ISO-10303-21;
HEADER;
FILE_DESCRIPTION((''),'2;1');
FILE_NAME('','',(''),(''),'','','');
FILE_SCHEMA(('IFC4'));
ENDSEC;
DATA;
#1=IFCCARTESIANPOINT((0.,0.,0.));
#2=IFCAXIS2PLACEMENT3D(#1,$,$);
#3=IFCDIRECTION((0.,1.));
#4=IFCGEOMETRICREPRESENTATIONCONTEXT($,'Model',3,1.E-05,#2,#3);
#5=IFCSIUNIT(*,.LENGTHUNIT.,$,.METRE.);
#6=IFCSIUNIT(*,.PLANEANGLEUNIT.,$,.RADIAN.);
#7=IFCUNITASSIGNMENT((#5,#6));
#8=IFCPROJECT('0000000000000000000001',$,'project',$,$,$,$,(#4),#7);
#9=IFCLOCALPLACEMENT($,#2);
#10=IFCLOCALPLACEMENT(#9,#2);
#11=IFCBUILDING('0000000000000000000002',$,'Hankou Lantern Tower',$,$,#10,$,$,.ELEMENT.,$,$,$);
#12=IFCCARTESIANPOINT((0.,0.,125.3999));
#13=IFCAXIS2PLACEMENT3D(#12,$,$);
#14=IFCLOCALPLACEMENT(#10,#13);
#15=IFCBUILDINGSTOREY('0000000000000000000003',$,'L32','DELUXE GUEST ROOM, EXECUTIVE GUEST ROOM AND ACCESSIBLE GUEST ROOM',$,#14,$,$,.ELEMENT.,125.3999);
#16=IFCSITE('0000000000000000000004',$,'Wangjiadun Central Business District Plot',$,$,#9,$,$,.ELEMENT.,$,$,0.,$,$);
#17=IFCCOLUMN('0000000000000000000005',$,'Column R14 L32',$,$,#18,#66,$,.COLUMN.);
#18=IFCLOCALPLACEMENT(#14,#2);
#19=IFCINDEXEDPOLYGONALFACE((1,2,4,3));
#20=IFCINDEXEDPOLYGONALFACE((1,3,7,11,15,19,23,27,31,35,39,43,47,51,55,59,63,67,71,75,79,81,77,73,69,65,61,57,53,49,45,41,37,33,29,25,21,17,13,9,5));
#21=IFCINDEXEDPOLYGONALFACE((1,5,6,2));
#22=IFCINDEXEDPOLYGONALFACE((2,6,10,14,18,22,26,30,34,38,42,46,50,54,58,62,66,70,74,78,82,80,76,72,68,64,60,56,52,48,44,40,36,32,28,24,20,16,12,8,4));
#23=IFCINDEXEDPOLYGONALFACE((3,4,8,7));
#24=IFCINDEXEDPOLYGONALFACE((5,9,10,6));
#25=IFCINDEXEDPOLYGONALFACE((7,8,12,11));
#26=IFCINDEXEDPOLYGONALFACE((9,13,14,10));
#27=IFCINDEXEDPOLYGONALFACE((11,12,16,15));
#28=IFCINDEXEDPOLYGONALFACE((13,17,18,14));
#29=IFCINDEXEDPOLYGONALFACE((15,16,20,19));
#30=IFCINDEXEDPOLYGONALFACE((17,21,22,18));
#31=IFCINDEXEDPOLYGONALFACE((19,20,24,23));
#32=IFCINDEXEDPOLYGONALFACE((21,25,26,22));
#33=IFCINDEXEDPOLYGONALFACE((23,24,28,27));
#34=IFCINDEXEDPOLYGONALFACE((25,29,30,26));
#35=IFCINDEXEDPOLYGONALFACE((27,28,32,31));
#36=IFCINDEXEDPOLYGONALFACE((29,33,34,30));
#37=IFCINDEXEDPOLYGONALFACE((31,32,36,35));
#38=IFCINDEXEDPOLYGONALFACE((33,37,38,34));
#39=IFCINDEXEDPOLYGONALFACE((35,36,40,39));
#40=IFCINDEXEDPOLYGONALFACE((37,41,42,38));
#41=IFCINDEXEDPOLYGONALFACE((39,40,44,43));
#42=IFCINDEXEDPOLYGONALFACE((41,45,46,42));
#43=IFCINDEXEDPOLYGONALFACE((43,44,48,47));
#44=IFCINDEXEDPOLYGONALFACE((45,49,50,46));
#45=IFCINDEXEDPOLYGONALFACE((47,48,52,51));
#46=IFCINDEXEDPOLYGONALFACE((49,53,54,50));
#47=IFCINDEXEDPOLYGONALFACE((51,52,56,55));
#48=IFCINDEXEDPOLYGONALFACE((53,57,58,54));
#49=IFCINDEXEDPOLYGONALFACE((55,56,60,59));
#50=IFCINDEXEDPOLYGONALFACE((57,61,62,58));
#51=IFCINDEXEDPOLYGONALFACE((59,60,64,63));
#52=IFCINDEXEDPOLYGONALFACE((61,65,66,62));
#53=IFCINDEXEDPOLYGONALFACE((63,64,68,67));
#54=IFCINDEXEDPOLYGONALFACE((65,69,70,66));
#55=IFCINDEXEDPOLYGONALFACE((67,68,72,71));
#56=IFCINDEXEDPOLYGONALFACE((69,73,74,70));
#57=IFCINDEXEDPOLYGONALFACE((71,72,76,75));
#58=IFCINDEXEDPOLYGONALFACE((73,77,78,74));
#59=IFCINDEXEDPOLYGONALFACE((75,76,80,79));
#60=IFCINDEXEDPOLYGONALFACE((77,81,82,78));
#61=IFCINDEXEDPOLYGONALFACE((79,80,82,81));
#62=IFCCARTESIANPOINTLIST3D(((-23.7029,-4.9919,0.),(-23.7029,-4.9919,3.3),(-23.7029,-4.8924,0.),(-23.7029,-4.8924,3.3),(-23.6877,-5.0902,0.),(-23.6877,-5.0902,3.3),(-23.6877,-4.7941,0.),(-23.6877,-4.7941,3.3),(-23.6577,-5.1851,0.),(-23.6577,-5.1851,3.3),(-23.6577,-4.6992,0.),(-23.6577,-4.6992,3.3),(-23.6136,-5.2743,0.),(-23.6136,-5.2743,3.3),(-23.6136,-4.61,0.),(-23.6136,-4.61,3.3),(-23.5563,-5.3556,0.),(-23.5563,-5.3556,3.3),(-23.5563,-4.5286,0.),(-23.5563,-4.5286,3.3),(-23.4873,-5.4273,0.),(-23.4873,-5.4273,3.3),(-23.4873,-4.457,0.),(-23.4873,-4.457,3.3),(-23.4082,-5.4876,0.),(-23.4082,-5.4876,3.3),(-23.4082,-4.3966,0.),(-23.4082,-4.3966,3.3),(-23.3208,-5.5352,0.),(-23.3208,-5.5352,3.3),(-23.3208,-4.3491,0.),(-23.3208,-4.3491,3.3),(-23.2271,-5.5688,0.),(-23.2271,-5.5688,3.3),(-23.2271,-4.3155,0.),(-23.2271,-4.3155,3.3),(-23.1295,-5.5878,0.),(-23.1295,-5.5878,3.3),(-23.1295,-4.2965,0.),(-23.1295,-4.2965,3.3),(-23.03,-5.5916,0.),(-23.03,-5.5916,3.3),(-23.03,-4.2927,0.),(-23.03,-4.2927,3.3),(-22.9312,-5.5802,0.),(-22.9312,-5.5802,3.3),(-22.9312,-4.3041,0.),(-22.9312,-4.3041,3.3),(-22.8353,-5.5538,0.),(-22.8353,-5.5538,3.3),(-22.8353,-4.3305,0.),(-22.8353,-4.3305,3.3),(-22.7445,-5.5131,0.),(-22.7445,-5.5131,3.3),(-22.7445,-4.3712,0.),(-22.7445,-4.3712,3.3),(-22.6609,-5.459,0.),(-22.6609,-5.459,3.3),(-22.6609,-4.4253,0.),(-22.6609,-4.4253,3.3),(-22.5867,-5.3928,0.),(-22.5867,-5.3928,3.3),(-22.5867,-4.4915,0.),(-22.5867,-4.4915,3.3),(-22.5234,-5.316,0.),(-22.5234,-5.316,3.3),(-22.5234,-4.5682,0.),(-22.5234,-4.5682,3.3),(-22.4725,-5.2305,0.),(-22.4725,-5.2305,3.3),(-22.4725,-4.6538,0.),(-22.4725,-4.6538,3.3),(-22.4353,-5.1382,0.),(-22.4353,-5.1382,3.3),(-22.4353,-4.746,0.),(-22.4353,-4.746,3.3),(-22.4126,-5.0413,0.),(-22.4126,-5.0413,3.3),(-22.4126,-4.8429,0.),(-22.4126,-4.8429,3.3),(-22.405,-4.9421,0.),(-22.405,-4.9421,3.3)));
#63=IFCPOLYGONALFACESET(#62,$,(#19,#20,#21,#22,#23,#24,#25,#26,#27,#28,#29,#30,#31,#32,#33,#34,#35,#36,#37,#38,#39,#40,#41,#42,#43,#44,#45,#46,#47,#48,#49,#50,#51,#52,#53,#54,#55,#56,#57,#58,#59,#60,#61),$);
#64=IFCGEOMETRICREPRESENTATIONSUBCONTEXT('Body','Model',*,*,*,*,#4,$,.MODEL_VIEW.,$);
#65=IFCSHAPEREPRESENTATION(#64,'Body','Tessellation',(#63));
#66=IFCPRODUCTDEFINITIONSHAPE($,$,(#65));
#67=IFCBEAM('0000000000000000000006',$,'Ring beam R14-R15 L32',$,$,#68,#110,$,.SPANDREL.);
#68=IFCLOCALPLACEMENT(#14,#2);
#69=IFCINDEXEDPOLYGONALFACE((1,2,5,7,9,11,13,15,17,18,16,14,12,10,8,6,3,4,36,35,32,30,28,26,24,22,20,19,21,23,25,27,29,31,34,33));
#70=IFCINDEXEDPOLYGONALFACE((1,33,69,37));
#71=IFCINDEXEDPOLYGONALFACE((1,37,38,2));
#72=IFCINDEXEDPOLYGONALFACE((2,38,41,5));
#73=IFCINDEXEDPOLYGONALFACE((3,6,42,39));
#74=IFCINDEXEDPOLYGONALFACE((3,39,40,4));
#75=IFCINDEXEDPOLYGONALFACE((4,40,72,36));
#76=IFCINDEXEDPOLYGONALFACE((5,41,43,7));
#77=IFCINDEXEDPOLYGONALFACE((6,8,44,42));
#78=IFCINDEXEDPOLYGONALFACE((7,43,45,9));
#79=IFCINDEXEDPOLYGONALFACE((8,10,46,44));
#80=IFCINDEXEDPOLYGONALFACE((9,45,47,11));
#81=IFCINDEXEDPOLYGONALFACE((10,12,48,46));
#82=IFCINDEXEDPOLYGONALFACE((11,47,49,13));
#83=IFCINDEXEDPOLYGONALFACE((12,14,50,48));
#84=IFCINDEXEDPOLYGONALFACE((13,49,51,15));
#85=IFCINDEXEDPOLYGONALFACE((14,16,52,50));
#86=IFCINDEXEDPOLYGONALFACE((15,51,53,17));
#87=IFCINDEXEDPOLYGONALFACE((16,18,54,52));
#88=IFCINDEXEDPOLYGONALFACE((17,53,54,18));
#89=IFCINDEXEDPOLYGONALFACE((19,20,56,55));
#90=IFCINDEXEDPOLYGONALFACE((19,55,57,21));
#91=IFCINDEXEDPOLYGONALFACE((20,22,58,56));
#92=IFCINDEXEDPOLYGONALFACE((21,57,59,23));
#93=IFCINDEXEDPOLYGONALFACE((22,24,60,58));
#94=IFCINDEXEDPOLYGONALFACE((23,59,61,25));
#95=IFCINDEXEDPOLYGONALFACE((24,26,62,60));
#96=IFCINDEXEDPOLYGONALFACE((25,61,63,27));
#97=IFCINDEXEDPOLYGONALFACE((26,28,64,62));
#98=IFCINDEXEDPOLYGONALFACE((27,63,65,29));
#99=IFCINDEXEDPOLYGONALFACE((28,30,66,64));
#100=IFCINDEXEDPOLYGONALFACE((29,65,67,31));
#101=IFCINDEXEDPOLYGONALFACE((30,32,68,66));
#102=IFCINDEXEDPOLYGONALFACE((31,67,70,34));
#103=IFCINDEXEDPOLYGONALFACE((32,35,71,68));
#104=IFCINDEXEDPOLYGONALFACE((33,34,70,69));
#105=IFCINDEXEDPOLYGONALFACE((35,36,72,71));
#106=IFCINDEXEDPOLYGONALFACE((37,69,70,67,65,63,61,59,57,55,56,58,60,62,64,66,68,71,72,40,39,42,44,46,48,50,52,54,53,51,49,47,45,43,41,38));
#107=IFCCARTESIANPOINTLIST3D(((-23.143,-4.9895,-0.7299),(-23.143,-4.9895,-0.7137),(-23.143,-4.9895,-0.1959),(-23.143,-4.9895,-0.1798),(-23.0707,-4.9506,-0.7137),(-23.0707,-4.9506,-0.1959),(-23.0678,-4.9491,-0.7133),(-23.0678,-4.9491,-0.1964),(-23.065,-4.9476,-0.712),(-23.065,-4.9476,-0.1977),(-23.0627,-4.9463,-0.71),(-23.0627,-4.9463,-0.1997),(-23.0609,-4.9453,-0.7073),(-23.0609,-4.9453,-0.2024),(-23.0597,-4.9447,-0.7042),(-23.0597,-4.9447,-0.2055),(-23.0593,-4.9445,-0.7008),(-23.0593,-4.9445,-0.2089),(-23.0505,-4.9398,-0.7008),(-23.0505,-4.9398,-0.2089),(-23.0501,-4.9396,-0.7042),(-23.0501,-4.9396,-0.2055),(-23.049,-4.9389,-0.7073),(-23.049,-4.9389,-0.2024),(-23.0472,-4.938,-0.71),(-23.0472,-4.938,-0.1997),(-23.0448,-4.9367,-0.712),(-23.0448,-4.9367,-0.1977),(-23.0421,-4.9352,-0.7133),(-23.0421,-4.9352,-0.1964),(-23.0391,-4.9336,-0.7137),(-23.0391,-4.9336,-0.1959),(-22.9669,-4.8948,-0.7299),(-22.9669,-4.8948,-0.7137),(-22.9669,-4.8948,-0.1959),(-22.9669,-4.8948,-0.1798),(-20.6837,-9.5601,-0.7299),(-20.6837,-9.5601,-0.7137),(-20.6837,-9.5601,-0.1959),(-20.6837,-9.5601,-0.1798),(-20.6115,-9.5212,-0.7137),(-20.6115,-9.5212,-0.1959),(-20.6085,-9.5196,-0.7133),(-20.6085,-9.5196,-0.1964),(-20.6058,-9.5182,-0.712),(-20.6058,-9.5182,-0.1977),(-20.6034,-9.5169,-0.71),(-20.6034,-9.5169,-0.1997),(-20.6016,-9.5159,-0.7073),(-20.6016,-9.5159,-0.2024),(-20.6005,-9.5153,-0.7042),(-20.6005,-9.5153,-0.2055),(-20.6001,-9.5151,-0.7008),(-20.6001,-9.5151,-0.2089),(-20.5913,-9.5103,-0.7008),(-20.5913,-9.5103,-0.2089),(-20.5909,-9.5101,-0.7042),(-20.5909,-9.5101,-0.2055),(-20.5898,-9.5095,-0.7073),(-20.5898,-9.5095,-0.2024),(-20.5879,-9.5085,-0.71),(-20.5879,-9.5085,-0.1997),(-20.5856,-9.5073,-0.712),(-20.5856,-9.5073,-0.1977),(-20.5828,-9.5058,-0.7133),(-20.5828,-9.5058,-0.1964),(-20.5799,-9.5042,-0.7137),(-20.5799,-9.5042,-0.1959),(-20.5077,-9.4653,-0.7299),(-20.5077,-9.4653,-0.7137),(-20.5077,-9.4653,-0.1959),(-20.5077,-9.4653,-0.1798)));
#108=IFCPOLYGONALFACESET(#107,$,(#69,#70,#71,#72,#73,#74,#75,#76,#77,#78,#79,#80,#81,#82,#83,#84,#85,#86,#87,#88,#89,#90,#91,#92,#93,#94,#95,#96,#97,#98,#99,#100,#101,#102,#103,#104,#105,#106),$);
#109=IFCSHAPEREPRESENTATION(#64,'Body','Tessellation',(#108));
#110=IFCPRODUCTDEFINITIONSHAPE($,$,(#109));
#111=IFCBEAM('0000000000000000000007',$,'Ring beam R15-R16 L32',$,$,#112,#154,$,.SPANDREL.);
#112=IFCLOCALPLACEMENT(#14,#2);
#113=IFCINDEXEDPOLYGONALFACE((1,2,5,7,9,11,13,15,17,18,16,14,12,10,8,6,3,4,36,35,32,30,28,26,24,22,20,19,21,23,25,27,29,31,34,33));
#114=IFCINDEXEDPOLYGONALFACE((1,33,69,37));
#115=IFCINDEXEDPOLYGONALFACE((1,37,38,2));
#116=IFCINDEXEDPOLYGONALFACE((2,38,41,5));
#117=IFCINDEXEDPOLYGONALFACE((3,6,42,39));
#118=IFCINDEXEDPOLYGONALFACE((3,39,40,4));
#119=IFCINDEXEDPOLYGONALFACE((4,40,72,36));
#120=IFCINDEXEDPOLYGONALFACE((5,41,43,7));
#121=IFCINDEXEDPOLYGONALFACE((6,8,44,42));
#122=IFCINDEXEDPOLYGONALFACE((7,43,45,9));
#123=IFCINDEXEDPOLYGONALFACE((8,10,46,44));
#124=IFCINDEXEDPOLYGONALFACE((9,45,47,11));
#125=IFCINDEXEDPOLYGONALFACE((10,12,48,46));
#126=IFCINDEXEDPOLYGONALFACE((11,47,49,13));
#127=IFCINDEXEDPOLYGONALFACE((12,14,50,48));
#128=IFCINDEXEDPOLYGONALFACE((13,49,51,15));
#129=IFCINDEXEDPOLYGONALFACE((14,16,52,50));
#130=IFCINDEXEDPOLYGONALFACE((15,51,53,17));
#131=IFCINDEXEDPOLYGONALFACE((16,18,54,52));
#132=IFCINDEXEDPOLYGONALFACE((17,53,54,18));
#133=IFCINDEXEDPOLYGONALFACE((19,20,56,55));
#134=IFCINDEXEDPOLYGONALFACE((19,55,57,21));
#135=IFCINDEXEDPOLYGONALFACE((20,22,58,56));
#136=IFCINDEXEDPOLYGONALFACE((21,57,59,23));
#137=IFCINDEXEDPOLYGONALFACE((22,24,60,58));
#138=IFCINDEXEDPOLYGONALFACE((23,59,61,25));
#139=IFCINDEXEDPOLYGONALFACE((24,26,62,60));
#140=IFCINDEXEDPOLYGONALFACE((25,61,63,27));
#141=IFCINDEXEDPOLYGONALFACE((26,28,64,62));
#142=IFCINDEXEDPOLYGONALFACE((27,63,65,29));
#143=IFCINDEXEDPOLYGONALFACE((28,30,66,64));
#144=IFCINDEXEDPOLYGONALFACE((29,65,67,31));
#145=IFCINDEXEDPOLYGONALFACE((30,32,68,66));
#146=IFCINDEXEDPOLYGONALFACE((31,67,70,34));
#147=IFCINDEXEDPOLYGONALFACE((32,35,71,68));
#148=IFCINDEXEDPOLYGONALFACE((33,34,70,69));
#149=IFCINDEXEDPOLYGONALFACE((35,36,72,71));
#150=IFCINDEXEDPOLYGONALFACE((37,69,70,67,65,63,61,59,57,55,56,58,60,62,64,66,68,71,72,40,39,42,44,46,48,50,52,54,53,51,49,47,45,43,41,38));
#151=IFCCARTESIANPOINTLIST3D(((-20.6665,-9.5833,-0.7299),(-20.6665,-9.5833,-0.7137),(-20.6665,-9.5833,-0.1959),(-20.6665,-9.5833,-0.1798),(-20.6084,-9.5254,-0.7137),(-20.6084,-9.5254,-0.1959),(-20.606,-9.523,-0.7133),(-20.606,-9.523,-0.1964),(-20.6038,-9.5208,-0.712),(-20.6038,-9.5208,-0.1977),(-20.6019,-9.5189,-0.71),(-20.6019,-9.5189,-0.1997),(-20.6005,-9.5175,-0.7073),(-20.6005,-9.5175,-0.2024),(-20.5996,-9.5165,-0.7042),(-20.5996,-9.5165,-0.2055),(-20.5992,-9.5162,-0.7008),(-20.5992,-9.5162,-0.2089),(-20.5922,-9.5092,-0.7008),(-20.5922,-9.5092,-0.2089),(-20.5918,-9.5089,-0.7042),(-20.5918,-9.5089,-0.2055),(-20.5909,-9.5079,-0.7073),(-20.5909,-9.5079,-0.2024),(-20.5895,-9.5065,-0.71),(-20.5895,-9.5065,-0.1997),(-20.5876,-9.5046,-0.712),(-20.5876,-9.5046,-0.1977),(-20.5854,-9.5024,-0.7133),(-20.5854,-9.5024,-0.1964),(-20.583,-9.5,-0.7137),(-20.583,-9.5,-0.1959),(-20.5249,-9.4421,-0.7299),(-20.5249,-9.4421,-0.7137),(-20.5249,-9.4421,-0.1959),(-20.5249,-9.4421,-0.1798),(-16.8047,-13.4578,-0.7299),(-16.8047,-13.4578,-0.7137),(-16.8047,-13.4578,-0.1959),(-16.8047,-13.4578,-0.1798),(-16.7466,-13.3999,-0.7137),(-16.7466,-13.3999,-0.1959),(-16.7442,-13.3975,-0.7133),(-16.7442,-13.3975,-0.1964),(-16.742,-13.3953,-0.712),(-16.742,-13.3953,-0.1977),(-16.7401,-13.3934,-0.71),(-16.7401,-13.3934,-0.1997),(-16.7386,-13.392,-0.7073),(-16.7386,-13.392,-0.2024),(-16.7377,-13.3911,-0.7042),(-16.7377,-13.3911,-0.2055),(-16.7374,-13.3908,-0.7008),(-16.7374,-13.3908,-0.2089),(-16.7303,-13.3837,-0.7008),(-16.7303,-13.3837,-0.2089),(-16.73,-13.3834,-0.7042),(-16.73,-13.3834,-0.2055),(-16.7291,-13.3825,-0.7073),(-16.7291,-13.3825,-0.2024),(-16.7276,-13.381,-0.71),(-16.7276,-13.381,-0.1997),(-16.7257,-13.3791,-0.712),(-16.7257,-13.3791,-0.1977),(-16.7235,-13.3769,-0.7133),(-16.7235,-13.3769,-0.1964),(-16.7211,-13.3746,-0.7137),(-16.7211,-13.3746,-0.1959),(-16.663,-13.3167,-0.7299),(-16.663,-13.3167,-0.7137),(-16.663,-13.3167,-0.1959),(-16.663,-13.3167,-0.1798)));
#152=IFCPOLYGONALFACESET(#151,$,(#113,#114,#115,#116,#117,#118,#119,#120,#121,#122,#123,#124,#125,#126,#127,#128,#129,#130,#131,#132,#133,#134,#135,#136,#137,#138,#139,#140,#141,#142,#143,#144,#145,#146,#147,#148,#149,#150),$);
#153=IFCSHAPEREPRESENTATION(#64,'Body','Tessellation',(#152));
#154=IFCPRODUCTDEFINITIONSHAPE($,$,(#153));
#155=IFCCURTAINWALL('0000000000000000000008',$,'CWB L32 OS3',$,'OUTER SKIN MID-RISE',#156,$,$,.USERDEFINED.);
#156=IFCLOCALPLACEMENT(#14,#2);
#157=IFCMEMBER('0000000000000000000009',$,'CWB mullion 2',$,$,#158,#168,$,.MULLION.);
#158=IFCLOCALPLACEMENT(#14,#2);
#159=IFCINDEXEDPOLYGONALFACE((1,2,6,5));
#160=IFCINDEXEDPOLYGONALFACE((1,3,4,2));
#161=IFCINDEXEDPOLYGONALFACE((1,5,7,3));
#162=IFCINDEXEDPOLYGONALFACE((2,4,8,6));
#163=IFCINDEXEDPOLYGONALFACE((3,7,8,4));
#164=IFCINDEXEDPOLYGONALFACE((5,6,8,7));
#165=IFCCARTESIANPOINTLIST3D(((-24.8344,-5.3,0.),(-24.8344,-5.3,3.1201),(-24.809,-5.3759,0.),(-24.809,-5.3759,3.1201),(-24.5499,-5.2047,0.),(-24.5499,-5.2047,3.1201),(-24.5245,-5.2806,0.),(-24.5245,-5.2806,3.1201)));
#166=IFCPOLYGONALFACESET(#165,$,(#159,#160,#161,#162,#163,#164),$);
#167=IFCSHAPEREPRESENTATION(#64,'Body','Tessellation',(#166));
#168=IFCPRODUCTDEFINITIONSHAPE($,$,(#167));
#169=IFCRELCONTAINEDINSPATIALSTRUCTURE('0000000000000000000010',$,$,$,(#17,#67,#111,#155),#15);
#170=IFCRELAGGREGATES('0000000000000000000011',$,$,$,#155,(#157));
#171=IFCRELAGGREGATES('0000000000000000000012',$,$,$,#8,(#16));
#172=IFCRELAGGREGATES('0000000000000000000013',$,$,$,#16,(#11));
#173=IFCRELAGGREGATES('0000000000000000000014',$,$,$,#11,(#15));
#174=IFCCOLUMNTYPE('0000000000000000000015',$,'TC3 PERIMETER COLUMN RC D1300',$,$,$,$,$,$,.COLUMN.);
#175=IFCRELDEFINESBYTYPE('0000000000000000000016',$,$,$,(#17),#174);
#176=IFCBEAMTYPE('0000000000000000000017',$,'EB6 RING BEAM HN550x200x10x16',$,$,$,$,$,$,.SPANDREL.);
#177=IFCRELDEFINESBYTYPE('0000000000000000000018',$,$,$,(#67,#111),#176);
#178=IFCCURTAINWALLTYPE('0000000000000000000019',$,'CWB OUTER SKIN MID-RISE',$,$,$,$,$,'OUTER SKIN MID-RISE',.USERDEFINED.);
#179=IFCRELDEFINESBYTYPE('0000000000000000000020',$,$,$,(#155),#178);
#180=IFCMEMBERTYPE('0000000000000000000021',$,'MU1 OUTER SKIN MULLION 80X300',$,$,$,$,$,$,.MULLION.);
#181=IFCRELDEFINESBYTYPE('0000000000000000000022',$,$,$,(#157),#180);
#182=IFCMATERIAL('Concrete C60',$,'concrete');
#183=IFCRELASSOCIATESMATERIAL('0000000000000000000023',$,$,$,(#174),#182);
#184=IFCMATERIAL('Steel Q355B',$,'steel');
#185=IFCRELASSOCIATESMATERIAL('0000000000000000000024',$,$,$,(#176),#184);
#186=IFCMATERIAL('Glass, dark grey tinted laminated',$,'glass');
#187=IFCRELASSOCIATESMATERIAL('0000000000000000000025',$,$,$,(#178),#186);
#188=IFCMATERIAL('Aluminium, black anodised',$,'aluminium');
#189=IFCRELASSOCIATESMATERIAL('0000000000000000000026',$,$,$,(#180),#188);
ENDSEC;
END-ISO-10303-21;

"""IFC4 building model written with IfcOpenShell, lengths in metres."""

from ifc_helpers import new_model, si_unit, direction, frame, origin, origin_2d, place, context, subcontext, project, spatial, rectangle, circle, i_section, extrude, material, material_profile, profile_set, type_object, element, aggregate, save


model = new_model("IFC4")

# Units and contexts
model_context = context("Model", 3, precision=1e-05, world=origin(), true_north=direction((0.0, 1.0)))
body_context = subcontext(model_context, "Body", "Model", "MODEL_VIEW")
ifc_project = project(units=[si_unit("LENGTHUNIT", "METRE"), si_unit("PLANEANGLEUNIT", "RADIAN")], contexts=[model_context])

# Site, building, storey
site_placement = place(None, origin())
site = spatial("IfcSite", under=ifc_project, at=site_placement, Name="Wangjiadun Central Business District Plot", CompositionType="ELEMENT", RefElevation=0.0)
building_placement = place(site_placement, origin())
building = spatial("IfcBuilding", under=site, at=building_placement, Name="Hankou Lantern Tower", CompositionType="ELEMENT")
storey_placement = place(building_placement, frame((0.0, 0.0, 125.3999)))
storey = spatial("IfcBuildingStorey", under=building, at=storey_placement, Name="L32", Description="DELUXE GUEST ROOM, EXECUTIVE GUEST ROOM AND ACCESSIBLE GUEST ROOM", CompositionType="ELEMENT", Elevation=125.3999)

# Column
ifc_material_1 = material(Name="Concrete C60", Category="concrete")
ifc_material_profile_1 = material_profile(ifc_material_1, circle(Radius=0.6499, at=origin_2d()), Name="RC D1300")
ifc_profile_set_1 = profile_set([ifc_material_profile_1], Name="Concrete C60")
column_type = type_object("IfcColumnType", Name="TC3 PERIMETER COLUMN RC D1300", PredefinedType="COLUMN", material=ifc_profile_set_1)
column_placement = place(storey_placement, frame((-23.0549, -4.9421, 0.0), z_axis=(0.0, 0.0, 1.0), x_axis=(1.0, 0.0, 0.0)))
element("IfcColumn", 1, at=column_placement, inside=storey, type_object=column_type, Name="Column R14 L32", PredefinedType="COLUMN", context=body_context, shape_type="SweptSolid", body=[
    extrude(circle(Radius=0.6499, at=origin_2d()), origin(), (0.0, 0.0, 1.0), 3.3),
])

# Beams
ifc_material_2 = material(Name="Steel Q355B", Category="steel")
ifc_material_profile_2 = material_profile(ifc_material_2, i_section(OverallWidth=0.2, OverallDepth=0.55, WebThickness=0.01, FlangeThickness=0.0161, FilletRadius=0.0129, at=origin_2d()), Name="HN550x200x10x16")
ifc_profile_set_2 = profile_set([ifc_material_profile_2], Name="Steel Q355B")
beam_type_1 = type_object("IfcBeamType", Name="EB6 RING BEAM HN550x200x10x16", PredefinedType="SPANDREL", material=ifc_profile_set_2)
beam_1_placement = place(storey_placement, frame((-23.0549, -4.9421, -0.4548), z_axis=(0.473825, -0.880619, 0.0), x_axis=(0.880619, 0.473825, 0.0)))
element("IfcBeam", 2, at=beam_1_placement, inside=storey, type_object=beam_type_1, Name="Ring beam R14-R15 L32", PredefinedType="SPANDREL", context=body_context, shape_type="SweptSolid", body=[
    extrude(i_section(OverallWidth=0.2, OverallDepth=0.55, WebThickness=0.01, FlangeThickness=0.0161, FilletRadius=0.0129, at=origin_2d()), origin(), (0.0, 0.0, 1.0), 5.1902),
])
beam_2_placement = place(storey_placement, frame((-20.5957, -9.5127, -0.4548), z_axis=(0.705945, -0.708266, 0.0), x_axis=(0.708266, 0.705945, 0.0)))
element("IfcBeam", 3, at=beam_2_placement, inside=storey, type_object=beam_type_1, Name="Ring beam R15-R16 L32", PredefinedType="SPANDREL", context=body_context, shape_type="SweptSolid", body=[
    extrude(i_section(OverallWidth=0.2, OverallDepth=0.55, WebThickness=0.01, FlangeThickness=0.0161, FilletRadius=0.0129, at=origin_2d()), origin(), (0.0, 0.0, 1.0), 5.4705),
])

# Curtain wall, member
ifc_material_3 = material(Name="Glass, dark grey tinted laminated", Category="glass")
curtain_wall_type = type_object("IfcCurtainWallType", Name="CWB OUTER SKIN MID-RISE", ElementType="OUTER SKIN MID-RISE", PredefinedType="USERDEFINED", material=ifc_material_3)
curtain_wall_placement = place(storey_placement, origin())
curtain_wall = element("IfcCurtainWall", 4, at=curtain_wall_placement, inside=storey, type_object=curtain_wall_type, Name="CWB L32 OS3", ObjectType="OUTER SKIN MID-RISE", PredefinedType="USERDEFINED")
ifc_material_4 = material(Name="Aluminium, black anodised", Category="aluminium")
ifc_material_profile_3 = material_profile(ifc_material_4, rectangle(XDim=0.0801, YDim=0.3, at=origin_2d()), Name="MU1 80X300")
ifc_profile_set_3 = profile_set([ifc_material_profile_3], Name="Aluminium, black anodised")
member_type_1 = type_object("IfcMemberType", Name="MU1 OUTER SKIN MULLION 80X300", PredefinedType="MULLION", material=ifc_profile_set_3)
member_1_placement = place(storey_placement, frame((-24.6794, -5.2903, 0.0), z_axis=(0.0, 0.0, 1.0), x_axis=(0.317596, -0.948226, 0.0)))
member_1 = element("IfcMember", 5, at=member_1_placement, type_object=member_type_1, Name="CWB mullion 2", PredefinedType="MULLION", context=body_context, shape_type="SweptSolid", body=[
    extrude(rectangle(XDim=0.0801, YDim=0.3, at=origin_2d()), origin(), (0.0, 0.0, 1.0), 3.1201),
])

aggregate(curtain_wall, [member_1])

save(model, "model.ifc")
